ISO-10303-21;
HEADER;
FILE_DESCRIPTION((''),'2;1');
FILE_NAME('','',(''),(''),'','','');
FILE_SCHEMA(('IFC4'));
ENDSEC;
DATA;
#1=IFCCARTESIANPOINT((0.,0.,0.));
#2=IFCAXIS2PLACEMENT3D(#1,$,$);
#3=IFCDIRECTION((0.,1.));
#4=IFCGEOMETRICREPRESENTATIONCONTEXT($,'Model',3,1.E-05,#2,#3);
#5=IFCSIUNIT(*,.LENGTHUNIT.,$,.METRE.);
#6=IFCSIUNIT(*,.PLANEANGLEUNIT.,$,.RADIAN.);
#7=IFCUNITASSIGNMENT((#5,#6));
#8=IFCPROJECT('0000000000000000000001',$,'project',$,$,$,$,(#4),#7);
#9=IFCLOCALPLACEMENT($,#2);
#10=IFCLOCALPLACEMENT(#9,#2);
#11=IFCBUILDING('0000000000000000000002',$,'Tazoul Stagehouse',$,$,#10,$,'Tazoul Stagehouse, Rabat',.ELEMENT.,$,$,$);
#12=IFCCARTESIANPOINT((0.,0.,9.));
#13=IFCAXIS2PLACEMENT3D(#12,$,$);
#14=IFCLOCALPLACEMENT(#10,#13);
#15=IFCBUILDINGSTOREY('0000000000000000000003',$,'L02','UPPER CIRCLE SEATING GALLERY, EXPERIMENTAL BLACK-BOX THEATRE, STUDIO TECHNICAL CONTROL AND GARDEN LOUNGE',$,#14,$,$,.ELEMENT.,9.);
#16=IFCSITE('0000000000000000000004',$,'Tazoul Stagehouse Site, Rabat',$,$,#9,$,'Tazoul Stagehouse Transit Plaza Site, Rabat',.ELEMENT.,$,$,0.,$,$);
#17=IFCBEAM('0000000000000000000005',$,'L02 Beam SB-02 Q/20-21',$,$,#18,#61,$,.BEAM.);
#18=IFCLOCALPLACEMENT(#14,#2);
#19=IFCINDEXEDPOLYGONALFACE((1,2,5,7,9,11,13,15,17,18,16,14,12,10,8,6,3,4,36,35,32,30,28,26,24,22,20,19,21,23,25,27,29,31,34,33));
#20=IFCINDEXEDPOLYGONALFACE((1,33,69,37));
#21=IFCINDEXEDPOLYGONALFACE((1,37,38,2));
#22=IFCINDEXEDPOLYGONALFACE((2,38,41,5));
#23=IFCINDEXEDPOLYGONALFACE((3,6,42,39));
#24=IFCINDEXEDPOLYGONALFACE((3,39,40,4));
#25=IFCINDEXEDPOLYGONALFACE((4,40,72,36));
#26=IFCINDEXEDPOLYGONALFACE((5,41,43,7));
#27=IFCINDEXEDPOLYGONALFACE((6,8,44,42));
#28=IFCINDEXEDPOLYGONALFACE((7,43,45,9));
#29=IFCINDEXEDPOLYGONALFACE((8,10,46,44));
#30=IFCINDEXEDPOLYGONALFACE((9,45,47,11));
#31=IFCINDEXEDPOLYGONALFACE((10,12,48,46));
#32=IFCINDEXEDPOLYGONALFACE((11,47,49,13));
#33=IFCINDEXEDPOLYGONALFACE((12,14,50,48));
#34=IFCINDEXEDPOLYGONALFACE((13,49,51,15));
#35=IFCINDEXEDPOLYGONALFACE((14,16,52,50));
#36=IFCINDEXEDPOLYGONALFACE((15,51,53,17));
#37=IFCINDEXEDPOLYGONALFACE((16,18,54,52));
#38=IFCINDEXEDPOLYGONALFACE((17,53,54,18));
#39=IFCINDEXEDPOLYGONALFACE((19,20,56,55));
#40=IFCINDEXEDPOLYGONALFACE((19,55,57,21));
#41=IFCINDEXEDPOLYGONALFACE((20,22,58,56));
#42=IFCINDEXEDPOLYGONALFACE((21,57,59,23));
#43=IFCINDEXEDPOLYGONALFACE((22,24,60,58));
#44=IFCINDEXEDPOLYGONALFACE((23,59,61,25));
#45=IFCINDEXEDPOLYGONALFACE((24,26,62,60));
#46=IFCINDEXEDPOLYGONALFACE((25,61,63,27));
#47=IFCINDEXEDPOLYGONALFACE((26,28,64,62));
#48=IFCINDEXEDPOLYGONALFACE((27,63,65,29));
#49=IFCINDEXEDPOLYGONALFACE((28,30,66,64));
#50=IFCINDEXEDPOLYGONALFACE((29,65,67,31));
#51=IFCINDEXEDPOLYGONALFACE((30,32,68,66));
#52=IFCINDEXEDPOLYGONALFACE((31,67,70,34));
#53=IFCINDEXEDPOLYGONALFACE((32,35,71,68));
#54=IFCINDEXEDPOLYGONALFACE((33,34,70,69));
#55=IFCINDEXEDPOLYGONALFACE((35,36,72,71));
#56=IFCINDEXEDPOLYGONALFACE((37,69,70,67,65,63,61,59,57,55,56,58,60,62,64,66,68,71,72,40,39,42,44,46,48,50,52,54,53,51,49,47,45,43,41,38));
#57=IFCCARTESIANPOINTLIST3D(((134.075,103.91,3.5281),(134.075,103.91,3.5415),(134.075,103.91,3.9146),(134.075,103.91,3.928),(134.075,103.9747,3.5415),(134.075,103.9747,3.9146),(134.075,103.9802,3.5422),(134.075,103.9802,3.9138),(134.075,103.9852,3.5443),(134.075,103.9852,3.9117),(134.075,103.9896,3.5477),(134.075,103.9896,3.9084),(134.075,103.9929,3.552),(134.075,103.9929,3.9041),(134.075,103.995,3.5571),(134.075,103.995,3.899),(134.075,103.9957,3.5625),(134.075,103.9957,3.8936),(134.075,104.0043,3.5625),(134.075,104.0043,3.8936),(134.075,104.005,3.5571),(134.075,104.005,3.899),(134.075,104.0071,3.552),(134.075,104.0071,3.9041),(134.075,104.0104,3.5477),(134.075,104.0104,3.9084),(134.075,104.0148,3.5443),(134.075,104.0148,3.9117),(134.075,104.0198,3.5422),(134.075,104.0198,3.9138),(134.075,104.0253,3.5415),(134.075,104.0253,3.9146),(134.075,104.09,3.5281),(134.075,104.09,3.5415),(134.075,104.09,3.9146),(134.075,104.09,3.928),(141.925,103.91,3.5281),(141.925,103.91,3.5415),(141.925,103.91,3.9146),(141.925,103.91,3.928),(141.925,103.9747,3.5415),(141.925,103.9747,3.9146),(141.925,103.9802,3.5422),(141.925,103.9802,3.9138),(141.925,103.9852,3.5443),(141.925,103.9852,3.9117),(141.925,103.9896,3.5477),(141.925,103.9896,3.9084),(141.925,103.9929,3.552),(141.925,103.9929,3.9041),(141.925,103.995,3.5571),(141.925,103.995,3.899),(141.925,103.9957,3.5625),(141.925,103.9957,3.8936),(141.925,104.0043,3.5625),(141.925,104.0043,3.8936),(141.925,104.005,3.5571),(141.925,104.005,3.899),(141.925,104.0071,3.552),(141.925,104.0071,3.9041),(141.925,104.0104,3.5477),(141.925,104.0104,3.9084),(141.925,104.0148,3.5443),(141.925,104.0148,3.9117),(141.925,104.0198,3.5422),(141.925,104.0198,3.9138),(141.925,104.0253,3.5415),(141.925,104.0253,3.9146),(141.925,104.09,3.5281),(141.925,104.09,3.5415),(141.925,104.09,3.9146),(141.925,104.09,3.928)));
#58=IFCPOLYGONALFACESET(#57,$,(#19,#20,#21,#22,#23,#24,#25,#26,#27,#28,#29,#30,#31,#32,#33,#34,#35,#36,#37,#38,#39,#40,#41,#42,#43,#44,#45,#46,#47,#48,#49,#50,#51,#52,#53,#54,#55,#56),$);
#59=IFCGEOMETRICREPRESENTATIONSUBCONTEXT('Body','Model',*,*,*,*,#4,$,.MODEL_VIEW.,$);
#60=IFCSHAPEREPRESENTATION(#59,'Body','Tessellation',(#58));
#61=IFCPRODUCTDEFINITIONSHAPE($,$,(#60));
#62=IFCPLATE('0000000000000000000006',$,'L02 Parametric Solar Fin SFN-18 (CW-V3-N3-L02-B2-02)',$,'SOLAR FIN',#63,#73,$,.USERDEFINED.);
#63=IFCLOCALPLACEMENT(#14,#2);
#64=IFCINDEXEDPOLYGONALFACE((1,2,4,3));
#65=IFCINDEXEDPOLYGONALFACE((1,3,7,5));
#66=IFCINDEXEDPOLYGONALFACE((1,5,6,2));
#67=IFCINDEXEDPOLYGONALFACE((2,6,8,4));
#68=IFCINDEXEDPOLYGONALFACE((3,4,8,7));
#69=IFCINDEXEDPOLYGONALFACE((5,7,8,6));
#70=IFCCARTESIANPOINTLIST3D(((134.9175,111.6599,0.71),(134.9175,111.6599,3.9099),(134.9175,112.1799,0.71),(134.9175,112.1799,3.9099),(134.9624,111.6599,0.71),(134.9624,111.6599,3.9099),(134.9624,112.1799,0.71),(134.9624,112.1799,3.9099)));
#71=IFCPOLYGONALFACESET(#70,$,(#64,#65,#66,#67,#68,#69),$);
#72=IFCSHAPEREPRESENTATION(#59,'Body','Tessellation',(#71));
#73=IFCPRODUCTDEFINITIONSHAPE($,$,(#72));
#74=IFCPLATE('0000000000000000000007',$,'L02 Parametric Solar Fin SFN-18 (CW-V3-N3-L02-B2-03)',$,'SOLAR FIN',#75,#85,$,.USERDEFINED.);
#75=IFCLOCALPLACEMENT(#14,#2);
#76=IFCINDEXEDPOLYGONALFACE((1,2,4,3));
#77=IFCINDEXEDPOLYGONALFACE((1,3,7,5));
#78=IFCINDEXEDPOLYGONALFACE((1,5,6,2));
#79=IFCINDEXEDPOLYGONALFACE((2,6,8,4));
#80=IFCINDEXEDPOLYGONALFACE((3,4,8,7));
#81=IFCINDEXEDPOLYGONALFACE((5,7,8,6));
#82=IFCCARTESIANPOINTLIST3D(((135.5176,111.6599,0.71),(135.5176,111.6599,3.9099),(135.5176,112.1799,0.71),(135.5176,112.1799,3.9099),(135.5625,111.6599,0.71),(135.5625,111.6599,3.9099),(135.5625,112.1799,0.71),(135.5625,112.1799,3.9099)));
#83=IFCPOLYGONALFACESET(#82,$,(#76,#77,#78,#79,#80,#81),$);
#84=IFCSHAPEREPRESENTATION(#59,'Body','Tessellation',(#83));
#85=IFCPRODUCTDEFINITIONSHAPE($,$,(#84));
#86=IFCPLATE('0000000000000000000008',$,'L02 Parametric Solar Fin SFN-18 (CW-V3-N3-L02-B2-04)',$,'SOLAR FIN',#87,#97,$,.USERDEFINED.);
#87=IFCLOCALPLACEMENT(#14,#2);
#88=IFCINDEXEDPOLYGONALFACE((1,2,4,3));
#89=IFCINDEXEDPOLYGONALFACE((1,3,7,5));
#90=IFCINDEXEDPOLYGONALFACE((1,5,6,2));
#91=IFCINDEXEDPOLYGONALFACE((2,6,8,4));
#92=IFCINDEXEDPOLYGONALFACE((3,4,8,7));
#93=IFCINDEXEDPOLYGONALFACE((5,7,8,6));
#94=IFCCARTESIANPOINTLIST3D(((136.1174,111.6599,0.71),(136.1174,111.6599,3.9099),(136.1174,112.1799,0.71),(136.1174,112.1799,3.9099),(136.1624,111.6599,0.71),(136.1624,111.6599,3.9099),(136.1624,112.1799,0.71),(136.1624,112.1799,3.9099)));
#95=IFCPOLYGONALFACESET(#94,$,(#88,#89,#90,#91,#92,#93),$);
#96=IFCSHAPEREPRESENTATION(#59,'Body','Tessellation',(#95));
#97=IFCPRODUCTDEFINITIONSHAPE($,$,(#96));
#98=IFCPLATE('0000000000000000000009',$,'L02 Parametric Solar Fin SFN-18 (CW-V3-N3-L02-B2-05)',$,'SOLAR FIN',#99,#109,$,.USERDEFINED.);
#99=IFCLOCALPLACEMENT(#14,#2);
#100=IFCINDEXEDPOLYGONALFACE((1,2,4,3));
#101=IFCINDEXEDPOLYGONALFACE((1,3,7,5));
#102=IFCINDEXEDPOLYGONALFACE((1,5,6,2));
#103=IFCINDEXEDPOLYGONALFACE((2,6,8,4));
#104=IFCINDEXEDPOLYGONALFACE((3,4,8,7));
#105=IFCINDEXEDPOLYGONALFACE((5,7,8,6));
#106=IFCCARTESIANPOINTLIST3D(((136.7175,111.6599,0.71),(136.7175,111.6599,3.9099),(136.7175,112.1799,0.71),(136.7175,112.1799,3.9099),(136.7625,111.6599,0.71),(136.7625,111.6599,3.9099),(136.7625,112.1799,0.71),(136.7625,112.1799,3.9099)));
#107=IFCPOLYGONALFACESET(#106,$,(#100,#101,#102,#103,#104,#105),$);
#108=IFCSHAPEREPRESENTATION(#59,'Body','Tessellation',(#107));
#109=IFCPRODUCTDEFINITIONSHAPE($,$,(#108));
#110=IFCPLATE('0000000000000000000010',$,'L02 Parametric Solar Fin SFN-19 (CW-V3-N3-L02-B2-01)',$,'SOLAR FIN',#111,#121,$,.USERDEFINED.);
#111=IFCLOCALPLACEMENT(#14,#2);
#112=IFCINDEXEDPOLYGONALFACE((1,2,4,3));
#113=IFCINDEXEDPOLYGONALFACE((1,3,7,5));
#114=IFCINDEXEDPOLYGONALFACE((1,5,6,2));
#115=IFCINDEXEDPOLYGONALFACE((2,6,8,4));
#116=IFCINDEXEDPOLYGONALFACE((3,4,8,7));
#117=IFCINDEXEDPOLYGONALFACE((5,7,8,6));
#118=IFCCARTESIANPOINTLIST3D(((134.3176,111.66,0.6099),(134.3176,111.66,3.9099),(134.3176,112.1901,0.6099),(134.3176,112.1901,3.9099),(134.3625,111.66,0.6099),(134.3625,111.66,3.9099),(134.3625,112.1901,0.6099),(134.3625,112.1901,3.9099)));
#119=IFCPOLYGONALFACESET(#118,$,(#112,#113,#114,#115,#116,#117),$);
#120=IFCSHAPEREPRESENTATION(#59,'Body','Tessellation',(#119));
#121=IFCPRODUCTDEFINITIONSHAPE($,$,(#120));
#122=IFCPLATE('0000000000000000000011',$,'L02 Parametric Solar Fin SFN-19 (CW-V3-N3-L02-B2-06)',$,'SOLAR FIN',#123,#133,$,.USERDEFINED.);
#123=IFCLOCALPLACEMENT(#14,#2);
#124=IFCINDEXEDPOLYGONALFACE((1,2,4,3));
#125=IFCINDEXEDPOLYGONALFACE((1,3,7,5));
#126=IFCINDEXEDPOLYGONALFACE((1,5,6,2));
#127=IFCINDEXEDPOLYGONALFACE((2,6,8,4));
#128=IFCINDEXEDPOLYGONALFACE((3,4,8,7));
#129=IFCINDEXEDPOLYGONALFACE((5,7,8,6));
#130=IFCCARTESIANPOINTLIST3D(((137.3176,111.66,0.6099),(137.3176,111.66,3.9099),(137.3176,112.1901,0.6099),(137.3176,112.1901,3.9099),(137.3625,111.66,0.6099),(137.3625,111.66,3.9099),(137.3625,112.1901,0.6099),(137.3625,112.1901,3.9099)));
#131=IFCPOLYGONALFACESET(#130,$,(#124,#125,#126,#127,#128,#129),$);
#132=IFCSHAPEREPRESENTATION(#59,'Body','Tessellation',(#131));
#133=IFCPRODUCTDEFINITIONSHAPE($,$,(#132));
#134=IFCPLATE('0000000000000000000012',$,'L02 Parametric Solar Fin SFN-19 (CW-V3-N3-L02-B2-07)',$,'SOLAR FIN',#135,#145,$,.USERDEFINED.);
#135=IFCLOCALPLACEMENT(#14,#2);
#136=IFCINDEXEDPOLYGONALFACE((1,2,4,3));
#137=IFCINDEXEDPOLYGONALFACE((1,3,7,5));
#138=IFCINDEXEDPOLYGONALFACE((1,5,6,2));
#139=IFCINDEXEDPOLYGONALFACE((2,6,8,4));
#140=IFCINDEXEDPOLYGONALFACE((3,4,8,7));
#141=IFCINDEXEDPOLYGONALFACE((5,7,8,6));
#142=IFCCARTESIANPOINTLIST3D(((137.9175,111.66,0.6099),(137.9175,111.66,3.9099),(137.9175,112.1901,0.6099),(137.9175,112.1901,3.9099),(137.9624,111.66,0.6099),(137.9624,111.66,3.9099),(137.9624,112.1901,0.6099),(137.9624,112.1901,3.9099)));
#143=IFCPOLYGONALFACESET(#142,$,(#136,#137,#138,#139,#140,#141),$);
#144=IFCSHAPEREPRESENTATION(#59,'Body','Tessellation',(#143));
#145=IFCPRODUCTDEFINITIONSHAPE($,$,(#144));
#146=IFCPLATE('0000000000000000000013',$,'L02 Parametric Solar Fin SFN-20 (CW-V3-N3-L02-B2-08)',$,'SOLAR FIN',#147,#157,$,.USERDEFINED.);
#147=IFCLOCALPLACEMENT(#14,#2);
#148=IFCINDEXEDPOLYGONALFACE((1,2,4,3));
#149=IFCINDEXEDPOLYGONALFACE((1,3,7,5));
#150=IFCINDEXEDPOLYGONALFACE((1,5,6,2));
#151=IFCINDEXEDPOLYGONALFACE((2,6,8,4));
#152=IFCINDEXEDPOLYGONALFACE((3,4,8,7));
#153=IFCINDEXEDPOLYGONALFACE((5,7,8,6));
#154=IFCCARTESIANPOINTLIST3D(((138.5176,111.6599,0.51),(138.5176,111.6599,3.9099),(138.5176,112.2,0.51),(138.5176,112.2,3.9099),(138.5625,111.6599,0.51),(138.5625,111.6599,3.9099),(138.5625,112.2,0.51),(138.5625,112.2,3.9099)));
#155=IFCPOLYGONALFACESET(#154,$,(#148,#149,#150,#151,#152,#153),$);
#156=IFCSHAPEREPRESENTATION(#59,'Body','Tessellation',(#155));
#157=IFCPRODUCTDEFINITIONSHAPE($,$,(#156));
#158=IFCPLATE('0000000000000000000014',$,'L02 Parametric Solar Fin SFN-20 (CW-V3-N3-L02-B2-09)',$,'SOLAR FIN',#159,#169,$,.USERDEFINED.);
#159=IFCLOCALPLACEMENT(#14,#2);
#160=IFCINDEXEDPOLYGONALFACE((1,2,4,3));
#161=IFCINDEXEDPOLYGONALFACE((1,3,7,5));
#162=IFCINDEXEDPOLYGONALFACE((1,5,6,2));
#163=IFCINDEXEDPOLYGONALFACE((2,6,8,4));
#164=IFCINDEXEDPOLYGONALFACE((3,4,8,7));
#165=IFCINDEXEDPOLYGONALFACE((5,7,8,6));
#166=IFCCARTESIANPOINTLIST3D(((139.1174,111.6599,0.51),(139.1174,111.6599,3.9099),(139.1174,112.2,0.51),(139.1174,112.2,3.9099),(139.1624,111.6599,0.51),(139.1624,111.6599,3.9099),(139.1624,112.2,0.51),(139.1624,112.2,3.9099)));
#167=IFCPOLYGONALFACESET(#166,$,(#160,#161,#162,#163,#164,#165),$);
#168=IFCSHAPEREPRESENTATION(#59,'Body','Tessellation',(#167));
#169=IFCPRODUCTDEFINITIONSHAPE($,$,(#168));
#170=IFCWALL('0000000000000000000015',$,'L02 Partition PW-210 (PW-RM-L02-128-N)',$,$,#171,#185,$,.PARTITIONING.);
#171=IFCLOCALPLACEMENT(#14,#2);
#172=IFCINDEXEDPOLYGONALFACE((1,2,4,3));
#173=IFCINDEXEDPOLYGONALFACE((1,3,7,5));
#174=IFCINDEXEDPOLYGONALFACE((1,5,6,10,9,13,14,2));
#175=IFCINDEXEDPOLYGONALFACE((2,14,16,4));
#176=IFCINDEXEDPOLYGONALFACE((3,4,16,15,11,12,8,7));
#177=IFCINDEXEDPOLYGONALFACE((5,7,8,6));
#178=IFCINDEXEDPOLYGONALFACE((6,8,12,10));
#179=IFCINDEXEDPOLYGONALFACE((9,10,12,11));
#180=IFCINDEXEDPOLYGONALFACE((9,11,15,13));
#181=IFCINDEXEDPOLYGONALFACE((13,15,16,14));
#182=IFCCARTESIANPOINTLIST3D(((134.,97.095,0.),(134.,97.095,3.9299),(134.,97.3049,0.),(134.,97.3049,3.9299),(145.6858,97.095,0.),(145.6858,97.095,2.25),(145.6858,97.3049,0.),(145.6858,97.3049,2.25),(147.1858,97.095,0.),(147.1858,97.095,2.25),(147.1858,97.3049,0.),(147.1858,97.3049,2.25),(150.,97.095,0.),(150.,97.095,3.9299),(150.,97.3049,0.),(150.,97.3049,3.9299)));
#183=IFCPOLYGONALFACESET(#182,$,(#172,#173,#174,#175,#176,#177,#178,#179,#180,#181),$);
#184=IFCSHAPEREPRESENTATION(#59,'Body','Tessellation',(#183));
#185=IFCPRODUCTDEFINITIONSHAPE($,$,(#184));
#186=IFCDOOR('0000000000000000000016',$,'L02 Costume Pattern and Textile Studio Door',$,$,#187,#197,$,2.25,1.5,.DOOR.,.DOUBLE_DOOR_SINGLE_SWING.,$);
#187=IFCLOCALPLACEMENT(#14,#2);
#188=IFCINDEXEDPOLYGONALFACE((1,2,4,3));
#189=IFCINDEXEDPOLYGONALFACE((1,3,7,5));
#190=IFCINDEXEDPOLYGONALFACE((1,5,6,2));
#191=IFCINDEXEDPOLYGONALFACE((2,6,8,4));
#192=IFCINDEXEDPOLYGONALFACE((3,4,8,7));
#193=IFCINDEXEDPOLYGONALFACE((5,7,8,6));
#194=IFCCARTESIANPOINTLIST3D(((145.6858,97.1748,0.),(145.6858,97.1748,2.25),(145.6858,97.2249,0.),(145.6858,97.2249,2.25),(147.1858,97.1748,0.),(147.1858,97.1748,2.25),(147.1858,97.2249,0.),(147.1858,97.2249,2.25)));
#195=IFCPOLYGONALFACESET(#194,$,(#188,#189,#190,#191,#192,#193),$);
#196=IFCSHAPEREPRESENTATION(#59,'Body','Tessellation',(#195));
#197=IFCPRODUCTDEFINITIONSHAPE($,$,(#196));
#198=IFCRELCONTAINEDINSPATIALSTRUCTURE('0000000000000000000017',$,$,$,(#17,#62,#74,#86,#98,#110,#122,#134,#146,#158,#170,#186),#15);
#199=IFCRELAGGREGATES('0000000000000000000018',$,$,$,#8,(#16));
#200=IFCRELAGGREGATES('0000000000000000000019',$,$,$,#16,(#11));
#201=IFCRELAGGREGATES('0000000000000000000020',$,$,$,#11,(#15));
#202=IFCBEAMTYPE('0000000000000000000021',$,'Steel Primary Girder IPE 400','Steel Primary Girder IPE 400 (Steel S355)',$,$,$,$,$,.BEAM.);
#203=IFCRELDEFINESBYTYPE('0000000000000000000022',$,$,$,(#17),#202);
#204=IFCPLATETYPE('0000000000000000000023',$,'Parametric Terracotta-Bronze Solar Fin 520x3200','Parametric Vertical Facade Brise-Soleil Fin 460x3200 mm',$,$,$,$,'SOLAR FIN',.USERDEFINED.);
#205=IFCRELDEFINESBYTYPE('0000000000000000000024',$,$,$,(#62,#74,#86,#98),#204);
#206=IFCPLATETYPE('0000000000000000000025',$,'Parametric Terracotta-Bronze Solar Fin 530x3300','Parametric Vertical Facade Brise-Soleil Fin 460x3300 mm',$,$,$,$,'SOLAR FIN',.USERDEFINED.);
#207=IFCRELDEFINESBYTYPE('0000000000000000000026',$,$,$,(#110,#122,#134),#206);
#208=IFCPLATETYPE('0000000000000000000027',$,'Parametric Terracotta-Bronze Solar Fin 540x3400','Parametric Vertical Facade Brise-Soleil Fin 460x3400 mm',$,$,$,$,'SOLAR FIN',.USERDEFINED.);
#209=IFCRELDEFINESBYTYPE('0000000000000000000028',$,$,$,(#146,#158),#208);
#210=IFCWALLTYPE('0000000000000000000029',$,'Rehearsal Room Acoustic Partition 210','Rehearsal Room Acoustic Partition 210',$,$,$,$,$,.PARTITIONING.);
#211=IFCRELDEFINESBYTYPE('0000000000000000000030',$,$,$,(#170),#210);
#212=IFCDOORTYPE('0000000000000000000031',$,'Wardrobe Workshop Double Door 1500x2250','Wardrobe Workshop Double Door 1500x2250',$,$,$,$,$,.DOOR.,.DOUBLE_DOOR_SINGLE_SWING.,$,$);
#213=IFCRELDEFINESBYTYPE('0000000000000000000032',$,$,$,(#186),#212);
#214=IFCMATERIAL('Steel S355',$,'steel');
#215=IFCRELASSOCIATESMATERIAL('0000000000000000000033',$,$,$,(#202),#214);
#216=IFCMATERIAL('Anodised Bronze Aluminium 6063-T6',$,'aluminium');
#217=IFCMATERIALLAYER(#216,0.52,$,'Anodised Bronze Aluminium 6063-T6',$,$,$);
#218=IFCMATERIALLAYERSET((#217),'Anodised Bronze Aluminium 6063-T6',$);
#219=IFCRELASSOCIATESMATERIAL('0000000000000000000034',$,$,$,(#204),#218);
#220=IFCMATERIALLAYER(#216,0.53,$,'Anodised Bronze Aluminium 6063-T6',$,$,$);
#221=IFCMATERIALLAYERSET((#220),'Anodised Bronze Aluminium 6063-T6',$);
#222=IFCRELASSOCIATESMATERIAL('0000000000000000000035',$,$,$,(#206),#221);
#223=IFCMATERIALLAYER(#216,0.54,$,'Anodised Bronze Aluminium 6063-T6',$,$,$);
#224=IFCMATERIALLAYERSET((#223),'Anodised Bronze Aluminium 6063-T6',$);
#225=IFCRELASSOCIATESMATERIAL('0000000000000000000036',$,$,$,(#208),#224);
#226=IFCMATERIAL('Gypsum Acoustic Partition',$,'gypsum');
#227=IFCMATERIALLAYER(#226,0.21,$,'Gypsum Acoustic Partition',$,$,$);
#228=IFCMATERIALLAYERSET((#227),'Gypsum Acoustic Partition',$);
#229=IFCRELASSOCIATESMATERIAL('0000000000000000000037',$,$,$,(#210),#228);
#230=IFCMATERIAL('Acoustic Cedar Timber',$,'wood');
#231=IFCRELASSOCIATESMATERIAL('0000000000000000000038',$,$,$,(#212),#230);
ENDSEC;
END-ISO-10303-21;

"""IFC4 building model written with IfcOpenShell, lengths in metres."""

from ifc_helpers import new_model, si_unit, direction, frame, frame_2d, origin, origin_2d, place, context, subcontext, project, spatial, rectangle, i_section, extrude, material, layer, layer_set, material_profile, profile_set, type_object, element, fill, save


model = new_model("IFC4")

# Units and contexts
model_context = context("Model", 3, precision=1e-05, world=origin(), true_north=direction((0.0, 1.0)))
body_context = subcontext(model_context, "Body", "Model", "MODEL_VIEW")
ifc_project = project(units=[si_unit("LENGTHUNIT", "METRE"), si_unit("PLANEANGLEUNIT", "RADIAN")], contexts=[model_context])

# Site, building, storey
site_placement = place(None, origin())
site = spatial("IfcSite", under=ifc_project, at=site_placement, Name="Tazoul Stagehouse Site, Rabat", LongName="Tazoul Stagehouse Transit Plaza Site, Rabat", CompositionType="ELEMENT", RefElevation=0.0)
building_placement = place(site_placement, origin())
building = spatial("IfcBuilding", under=site, at=building_placement, Name="Tazoul Stagehouse", LongName="Tazoul Stagehouse, Rabat", CompositionType="ELEMENT")
storey_placement = place(building_placement, frame((0.0, 0.0, 9.0)))
storey = spatial("IfcBuildingStorey", under=building, at=storey_placement, Name="L02", Description="UPPER CIRCLE SEATING GALLERY, EXPERIMENTAL BLACK-BOX THEATRE, STUDIO TECHNICAL CONTROL AND GARDEN LOUNGE", CompositionType="ELEMENT", Elevation=9.0)

# Beam
ifc_material_1 = material(Name="Steel S355", Category="steel")
ifc_material_profile_1 = material_profile(ifc_material_1, i_section(OverallWidth=0.1799, OverallDepth=0.3999, WebThickness=0.0085, FlangeThickness=0.0134, FilletRadius=0.021, at=origin_2d()), Name="IPE 400")
ifc_profile_set_1 = profile_set([ifc_material_profile_1], Name="Steel S355")
beam_type_1 = type_object("IfcBeamType", Name="Steel Primary Girder IPE 400", Description="Steel Primary Girder IPE 400 (Steel S355)", PredefinedType="BEAM", material=ifc_profile_set_1)
beam_1_placement = place(storey_placement, frame((134.075, 104.0, 3.728), z_axis=(1.0, 0.0, 0.0), x_axis=(0.0, 1.0, 0.0)))
element("IfcBeam", 1, at=beam_1_placement, inside=storey, type_object=beam_type_1, Name="L02 Beam SB-02 Q/20-21", PredefinedType="BEAM", context=body_context, shape_type="SweptSolid", body=[
    extrude(i_section(OverallWidth=0.1799, OverallDepth=0.3999, WebThickness=0.0085, FlangeThickness=0.0134, FilletRadius=0.021, at=origin_2d()), origin(), (0.0, 0.0, 1.0), 7.8501),
])

# Plates
ifc_material_2 = material(Name="Anodised Bronze Aluminium 6063-T6", Category="aluminium")
ifc_layer_1 = layer(ifc_material_2, 0.52, Name="Anodised Bronze Aluminium 6063-T6")
ifc_layer_set_1 = layer_set([ifc_layer_1], Name="Anodised Bronze Aluminium 6063-T6")
plate_type_1 = type_object("IfcPlateType", Name="Parametric Terracotta-Bronze Solar Fin 520x3200", Description="Parametric Vertical Facade Brise-Soleil Fin 460x3200 mm", ElementType="SOLAR FIN", PredefinedType="USERDEFINED", material=ifc_layer_set_1)
for number, where, z_axis, x_axis, name in (
    (2, (134.9399, 111.9199, 0.71), (0.0, 0.0, 1.0), (1.0, 0.0, 0.0), "L02 Parametric Solar Fin SFN-18 (CW-V3-N3-L02-B2-02)"),
    (3, (135.54, 111.9199, 0.71), (0.0, 0.0, 1.0), (1.0, 0.0, 0.0), "L02 Parametric Solar Fin SFN-18 (CW-V3-N3-L02-B2-03)"),
    (4, (136.1399, 111.9199, 0.71), (0.0, 0.0, 1.0), (1.0, 0.0, 0.0), "L02 Parametric Solar Fin SFN-18 (CW-V3-N3-L02-B2-04)"),
    (5, (136.74, 111.9199, 0.71), (0.0, 0.0, 1.0), (1.0, 0.0, 0.0), "L02 Parametric Solar Fin SFN-18 (CW-V3-N3-L02-B2-05)"),
):
    element("IfcPlate", number, at=place(storey_placement, frame(where, z_axis=z_axis, x_axis=x_axis)), inside=storey, type_object=plate_type_1, Name=name, ObjectType="SOLAR FIN", PredefinedType="USERDEFINED", context=body_context, shape_type="SweptSolid", body=[
        extrude(rectangle(XDim=0.0449, YDim=0.52, at=origin_2d()), origin(), (0.0, 0.0, 1.0), 3.2),
    ])
ifc_layer_2 = layer(ifc_material_2, 0.53, Name="Anodised Bronze Aluminium 6063-T6")
ifc_layer_set_2 = layer_set([ifc_layer_2], Name="Anodised Bronze Aluminium 6063-T6")
plate_type_2 = type_object("IfcPlateType", Name="Parametric Terracotta-Bronze Solar Fin 530x3300", Description="Parametric Vertical Facade Brise-Soleil Fin 460x3300 mm", ElementType="SOLAR FIN", PredefinedType="USERDEFINED", material=ifc_layer_set_2)
for number, where, z_axis, x_axis, name in (
    (6, (134.3401, 111.925, 0.6099), (0.0, 0.0, 1.0), (1.0, 0.0, 0.0), "L02 Parametric Solar Fin SFN-19 (CW-V3-N3-L02-B2-01)"),
    (7, (137.3401, 111.925, 0.6099), (0.0, 0.0, 1.0), (1.0, 0.0, 0.0), "L02 Parametric Solar Fin SFN-19 (CW-V3-N3-L02-B2-06)"),
    (8, (137.9399, 111.925, 0.6099), (0.0, 0.0, 1.0), (1.0, 0.0, 0.0), "L02 Parametric Solar Fin SFN-19 (CW-V3-N3-L02-B2-07)"),
):
    element("IfcPlate", number, at=place(storey_placement, frame(where, z_axis=z_axis, x_axis=x_axis)), inside=storey, type_object=plate_type_2, Name=name, ObjectType="SOLAR FIN", PredefinedType="USERDEFINED", context=body_context, shape_type="SweptSolid", body=[
        extrude(rectangle(XDim=0.0449, YDim=0.53, at=origin_2d()), origin(), (0.0, 0.0, 1.0), 3.3),
    ])
ifc_layer_3 = layer(ifc_material_2, 0.54, Name="Anodised Bronze Aluminium 6063-T6")
ifc_layer_set_3 = layer_set([ifc_layer_3], Name="Anodised Bronze Aluminium 6063-T6")
plate_type_3 = type_object("IfcPlateType", Name="Parametric Terracotta-Bronze Solar Fin 540x3400", Description="Parametric Vertical Facade Brise-Soleil Fin 460x3400 mm", ElementType="SOLAR FIN", PredefinedType="USERDEFINED", material=ifc_layer_set_3)
for number, where, z_axis, x_axis, name in (
    (9, (138.54, 111.9299, 0.51), (0.0, 0.0, 1.0), (1.0, 0.0, 0.0), "L02 Parametric Solar Fin SFN-20 (CW-V3-N3-L02-B2-08)"),
    (10, (139.1399, 111.9299, 0.51), (0.0, 0.0, 1.0), (1.0, 0.0, 0.0), "L02 Parametric Solar Fin SFN-20 (CW-V3-N3-L02-B2-09)"),
):
    element("IfcPlate", number, at=place(storey_placement, frame(where, z_axis=z_axis, x_axis=x_axis)), inside=storey, type_object=plate_type_3, Name=name, ObjectType="SOLAR FIN", PredefinedType="USERDEFINED", context=body_context, shape_type="SweptSolid", body=[
        extrude(rectangle(XDim=0.0449, YDim=0.54, at=origin_2d()), origin(), (0.0, 0.0, 1.0), 3.3999),
    ])

# Wall, opening, door
ifc_material_3 = material(Name="Gypsum Acoustic Partition", Category="gypsum")
ifc_layer_4 = layer(ifc_material_3, 0.21, Name="Gypsum Acoustic Partition")
ifc_layer_set_4 = layer_set([ifc_layer_4], Name="Gypsum Acoustic Partition")
wall_type = type_object("IfcWallType", Name="Rehearsal Room Acoustic Partition 210", Description="Rehearsal Room Acoustic Partition 210", PredefinedType="PARTITIONING", material=ifc_layer_set_4)
wall_placement = place(storey_placement, frame((134.0, 97.2, 0.0), z_axis=(0.0, 0.0, 1.0), x_axis=(1.0, 0.0, 0.0)))
wall = element("IfcWall", 11, at=wall_placement, inside=storey, type_object=wall_type, Name="L02 Partition PW-210 (PW-RM-L02-128-N)", PredefinedType="PARTITIONING", context=body_context, shape_type="SweptSolid", body=[
    extrude(rectangle(XDim=16.0, YDim=0.21, at=frame_2d((8.0, 0.0))), origin(), (0.0, 0.0, 1.0), 3.9299),
])
opening_placement = place(wall_placement, frame((11.6858, 0.0, 0.0)))
opening = element("IfcOpeningElement", 12, at=opening_placement, cuts=wall, PredefinedType="OPENING", context=body_context, shape_type="SweptSolid", body=[
    extrude(rectangle(XDim=1.5, YDim=2.25, at=frame_2d((0.75, 1.125))), frame((0.0, 0.125, 0.0), z_axis=(0.0, -1.0, 0.0), x_axis=(1.0, 0.0, 0.0)), (0.0, 0.0, 1.0), 0.25),
])
ifc_material_4 = material(Name="Acoustic Cedar Timber", Category="wood")
door_type = type_object("IfcDoorType", Name="Wardrobe Workshop Double Door 1500x2250", Description="Wardrobe Workshop Double Door 1500x2250", OperationType="DOUBLE_DOOR_SINGLE_SWING", PredefinedType="DOOR", material=ifc_material_4)
door_placement = place(opening_placement, origin())
door = element("IfcDoor", 13, at=door_placement, inside=storey, type_object=door_type, Name="L02 Costume Pattern and Textile Studio Door", OperationType="DOUBLE_DOOR_SINGLE_SWING", OverallHeight=2.25, OverallWidth=1.5, PredefinedType="DOOR", context=body_context, shape_type="SweptSolid", body=[
    extrude(rectangle(XDim=1.5, YDim=2.25, at=frame_2d((0.75, 1.125))), frame((0.0, 0.0249, 0.0), z_axis=(0.0, -1.0, 0.0), x_axis=(1.0, 0.0, 0.0)), (0.0, 0.0, 1.0), 0.05),
])
fill(opening, door)

save(model, "model.ifc")
